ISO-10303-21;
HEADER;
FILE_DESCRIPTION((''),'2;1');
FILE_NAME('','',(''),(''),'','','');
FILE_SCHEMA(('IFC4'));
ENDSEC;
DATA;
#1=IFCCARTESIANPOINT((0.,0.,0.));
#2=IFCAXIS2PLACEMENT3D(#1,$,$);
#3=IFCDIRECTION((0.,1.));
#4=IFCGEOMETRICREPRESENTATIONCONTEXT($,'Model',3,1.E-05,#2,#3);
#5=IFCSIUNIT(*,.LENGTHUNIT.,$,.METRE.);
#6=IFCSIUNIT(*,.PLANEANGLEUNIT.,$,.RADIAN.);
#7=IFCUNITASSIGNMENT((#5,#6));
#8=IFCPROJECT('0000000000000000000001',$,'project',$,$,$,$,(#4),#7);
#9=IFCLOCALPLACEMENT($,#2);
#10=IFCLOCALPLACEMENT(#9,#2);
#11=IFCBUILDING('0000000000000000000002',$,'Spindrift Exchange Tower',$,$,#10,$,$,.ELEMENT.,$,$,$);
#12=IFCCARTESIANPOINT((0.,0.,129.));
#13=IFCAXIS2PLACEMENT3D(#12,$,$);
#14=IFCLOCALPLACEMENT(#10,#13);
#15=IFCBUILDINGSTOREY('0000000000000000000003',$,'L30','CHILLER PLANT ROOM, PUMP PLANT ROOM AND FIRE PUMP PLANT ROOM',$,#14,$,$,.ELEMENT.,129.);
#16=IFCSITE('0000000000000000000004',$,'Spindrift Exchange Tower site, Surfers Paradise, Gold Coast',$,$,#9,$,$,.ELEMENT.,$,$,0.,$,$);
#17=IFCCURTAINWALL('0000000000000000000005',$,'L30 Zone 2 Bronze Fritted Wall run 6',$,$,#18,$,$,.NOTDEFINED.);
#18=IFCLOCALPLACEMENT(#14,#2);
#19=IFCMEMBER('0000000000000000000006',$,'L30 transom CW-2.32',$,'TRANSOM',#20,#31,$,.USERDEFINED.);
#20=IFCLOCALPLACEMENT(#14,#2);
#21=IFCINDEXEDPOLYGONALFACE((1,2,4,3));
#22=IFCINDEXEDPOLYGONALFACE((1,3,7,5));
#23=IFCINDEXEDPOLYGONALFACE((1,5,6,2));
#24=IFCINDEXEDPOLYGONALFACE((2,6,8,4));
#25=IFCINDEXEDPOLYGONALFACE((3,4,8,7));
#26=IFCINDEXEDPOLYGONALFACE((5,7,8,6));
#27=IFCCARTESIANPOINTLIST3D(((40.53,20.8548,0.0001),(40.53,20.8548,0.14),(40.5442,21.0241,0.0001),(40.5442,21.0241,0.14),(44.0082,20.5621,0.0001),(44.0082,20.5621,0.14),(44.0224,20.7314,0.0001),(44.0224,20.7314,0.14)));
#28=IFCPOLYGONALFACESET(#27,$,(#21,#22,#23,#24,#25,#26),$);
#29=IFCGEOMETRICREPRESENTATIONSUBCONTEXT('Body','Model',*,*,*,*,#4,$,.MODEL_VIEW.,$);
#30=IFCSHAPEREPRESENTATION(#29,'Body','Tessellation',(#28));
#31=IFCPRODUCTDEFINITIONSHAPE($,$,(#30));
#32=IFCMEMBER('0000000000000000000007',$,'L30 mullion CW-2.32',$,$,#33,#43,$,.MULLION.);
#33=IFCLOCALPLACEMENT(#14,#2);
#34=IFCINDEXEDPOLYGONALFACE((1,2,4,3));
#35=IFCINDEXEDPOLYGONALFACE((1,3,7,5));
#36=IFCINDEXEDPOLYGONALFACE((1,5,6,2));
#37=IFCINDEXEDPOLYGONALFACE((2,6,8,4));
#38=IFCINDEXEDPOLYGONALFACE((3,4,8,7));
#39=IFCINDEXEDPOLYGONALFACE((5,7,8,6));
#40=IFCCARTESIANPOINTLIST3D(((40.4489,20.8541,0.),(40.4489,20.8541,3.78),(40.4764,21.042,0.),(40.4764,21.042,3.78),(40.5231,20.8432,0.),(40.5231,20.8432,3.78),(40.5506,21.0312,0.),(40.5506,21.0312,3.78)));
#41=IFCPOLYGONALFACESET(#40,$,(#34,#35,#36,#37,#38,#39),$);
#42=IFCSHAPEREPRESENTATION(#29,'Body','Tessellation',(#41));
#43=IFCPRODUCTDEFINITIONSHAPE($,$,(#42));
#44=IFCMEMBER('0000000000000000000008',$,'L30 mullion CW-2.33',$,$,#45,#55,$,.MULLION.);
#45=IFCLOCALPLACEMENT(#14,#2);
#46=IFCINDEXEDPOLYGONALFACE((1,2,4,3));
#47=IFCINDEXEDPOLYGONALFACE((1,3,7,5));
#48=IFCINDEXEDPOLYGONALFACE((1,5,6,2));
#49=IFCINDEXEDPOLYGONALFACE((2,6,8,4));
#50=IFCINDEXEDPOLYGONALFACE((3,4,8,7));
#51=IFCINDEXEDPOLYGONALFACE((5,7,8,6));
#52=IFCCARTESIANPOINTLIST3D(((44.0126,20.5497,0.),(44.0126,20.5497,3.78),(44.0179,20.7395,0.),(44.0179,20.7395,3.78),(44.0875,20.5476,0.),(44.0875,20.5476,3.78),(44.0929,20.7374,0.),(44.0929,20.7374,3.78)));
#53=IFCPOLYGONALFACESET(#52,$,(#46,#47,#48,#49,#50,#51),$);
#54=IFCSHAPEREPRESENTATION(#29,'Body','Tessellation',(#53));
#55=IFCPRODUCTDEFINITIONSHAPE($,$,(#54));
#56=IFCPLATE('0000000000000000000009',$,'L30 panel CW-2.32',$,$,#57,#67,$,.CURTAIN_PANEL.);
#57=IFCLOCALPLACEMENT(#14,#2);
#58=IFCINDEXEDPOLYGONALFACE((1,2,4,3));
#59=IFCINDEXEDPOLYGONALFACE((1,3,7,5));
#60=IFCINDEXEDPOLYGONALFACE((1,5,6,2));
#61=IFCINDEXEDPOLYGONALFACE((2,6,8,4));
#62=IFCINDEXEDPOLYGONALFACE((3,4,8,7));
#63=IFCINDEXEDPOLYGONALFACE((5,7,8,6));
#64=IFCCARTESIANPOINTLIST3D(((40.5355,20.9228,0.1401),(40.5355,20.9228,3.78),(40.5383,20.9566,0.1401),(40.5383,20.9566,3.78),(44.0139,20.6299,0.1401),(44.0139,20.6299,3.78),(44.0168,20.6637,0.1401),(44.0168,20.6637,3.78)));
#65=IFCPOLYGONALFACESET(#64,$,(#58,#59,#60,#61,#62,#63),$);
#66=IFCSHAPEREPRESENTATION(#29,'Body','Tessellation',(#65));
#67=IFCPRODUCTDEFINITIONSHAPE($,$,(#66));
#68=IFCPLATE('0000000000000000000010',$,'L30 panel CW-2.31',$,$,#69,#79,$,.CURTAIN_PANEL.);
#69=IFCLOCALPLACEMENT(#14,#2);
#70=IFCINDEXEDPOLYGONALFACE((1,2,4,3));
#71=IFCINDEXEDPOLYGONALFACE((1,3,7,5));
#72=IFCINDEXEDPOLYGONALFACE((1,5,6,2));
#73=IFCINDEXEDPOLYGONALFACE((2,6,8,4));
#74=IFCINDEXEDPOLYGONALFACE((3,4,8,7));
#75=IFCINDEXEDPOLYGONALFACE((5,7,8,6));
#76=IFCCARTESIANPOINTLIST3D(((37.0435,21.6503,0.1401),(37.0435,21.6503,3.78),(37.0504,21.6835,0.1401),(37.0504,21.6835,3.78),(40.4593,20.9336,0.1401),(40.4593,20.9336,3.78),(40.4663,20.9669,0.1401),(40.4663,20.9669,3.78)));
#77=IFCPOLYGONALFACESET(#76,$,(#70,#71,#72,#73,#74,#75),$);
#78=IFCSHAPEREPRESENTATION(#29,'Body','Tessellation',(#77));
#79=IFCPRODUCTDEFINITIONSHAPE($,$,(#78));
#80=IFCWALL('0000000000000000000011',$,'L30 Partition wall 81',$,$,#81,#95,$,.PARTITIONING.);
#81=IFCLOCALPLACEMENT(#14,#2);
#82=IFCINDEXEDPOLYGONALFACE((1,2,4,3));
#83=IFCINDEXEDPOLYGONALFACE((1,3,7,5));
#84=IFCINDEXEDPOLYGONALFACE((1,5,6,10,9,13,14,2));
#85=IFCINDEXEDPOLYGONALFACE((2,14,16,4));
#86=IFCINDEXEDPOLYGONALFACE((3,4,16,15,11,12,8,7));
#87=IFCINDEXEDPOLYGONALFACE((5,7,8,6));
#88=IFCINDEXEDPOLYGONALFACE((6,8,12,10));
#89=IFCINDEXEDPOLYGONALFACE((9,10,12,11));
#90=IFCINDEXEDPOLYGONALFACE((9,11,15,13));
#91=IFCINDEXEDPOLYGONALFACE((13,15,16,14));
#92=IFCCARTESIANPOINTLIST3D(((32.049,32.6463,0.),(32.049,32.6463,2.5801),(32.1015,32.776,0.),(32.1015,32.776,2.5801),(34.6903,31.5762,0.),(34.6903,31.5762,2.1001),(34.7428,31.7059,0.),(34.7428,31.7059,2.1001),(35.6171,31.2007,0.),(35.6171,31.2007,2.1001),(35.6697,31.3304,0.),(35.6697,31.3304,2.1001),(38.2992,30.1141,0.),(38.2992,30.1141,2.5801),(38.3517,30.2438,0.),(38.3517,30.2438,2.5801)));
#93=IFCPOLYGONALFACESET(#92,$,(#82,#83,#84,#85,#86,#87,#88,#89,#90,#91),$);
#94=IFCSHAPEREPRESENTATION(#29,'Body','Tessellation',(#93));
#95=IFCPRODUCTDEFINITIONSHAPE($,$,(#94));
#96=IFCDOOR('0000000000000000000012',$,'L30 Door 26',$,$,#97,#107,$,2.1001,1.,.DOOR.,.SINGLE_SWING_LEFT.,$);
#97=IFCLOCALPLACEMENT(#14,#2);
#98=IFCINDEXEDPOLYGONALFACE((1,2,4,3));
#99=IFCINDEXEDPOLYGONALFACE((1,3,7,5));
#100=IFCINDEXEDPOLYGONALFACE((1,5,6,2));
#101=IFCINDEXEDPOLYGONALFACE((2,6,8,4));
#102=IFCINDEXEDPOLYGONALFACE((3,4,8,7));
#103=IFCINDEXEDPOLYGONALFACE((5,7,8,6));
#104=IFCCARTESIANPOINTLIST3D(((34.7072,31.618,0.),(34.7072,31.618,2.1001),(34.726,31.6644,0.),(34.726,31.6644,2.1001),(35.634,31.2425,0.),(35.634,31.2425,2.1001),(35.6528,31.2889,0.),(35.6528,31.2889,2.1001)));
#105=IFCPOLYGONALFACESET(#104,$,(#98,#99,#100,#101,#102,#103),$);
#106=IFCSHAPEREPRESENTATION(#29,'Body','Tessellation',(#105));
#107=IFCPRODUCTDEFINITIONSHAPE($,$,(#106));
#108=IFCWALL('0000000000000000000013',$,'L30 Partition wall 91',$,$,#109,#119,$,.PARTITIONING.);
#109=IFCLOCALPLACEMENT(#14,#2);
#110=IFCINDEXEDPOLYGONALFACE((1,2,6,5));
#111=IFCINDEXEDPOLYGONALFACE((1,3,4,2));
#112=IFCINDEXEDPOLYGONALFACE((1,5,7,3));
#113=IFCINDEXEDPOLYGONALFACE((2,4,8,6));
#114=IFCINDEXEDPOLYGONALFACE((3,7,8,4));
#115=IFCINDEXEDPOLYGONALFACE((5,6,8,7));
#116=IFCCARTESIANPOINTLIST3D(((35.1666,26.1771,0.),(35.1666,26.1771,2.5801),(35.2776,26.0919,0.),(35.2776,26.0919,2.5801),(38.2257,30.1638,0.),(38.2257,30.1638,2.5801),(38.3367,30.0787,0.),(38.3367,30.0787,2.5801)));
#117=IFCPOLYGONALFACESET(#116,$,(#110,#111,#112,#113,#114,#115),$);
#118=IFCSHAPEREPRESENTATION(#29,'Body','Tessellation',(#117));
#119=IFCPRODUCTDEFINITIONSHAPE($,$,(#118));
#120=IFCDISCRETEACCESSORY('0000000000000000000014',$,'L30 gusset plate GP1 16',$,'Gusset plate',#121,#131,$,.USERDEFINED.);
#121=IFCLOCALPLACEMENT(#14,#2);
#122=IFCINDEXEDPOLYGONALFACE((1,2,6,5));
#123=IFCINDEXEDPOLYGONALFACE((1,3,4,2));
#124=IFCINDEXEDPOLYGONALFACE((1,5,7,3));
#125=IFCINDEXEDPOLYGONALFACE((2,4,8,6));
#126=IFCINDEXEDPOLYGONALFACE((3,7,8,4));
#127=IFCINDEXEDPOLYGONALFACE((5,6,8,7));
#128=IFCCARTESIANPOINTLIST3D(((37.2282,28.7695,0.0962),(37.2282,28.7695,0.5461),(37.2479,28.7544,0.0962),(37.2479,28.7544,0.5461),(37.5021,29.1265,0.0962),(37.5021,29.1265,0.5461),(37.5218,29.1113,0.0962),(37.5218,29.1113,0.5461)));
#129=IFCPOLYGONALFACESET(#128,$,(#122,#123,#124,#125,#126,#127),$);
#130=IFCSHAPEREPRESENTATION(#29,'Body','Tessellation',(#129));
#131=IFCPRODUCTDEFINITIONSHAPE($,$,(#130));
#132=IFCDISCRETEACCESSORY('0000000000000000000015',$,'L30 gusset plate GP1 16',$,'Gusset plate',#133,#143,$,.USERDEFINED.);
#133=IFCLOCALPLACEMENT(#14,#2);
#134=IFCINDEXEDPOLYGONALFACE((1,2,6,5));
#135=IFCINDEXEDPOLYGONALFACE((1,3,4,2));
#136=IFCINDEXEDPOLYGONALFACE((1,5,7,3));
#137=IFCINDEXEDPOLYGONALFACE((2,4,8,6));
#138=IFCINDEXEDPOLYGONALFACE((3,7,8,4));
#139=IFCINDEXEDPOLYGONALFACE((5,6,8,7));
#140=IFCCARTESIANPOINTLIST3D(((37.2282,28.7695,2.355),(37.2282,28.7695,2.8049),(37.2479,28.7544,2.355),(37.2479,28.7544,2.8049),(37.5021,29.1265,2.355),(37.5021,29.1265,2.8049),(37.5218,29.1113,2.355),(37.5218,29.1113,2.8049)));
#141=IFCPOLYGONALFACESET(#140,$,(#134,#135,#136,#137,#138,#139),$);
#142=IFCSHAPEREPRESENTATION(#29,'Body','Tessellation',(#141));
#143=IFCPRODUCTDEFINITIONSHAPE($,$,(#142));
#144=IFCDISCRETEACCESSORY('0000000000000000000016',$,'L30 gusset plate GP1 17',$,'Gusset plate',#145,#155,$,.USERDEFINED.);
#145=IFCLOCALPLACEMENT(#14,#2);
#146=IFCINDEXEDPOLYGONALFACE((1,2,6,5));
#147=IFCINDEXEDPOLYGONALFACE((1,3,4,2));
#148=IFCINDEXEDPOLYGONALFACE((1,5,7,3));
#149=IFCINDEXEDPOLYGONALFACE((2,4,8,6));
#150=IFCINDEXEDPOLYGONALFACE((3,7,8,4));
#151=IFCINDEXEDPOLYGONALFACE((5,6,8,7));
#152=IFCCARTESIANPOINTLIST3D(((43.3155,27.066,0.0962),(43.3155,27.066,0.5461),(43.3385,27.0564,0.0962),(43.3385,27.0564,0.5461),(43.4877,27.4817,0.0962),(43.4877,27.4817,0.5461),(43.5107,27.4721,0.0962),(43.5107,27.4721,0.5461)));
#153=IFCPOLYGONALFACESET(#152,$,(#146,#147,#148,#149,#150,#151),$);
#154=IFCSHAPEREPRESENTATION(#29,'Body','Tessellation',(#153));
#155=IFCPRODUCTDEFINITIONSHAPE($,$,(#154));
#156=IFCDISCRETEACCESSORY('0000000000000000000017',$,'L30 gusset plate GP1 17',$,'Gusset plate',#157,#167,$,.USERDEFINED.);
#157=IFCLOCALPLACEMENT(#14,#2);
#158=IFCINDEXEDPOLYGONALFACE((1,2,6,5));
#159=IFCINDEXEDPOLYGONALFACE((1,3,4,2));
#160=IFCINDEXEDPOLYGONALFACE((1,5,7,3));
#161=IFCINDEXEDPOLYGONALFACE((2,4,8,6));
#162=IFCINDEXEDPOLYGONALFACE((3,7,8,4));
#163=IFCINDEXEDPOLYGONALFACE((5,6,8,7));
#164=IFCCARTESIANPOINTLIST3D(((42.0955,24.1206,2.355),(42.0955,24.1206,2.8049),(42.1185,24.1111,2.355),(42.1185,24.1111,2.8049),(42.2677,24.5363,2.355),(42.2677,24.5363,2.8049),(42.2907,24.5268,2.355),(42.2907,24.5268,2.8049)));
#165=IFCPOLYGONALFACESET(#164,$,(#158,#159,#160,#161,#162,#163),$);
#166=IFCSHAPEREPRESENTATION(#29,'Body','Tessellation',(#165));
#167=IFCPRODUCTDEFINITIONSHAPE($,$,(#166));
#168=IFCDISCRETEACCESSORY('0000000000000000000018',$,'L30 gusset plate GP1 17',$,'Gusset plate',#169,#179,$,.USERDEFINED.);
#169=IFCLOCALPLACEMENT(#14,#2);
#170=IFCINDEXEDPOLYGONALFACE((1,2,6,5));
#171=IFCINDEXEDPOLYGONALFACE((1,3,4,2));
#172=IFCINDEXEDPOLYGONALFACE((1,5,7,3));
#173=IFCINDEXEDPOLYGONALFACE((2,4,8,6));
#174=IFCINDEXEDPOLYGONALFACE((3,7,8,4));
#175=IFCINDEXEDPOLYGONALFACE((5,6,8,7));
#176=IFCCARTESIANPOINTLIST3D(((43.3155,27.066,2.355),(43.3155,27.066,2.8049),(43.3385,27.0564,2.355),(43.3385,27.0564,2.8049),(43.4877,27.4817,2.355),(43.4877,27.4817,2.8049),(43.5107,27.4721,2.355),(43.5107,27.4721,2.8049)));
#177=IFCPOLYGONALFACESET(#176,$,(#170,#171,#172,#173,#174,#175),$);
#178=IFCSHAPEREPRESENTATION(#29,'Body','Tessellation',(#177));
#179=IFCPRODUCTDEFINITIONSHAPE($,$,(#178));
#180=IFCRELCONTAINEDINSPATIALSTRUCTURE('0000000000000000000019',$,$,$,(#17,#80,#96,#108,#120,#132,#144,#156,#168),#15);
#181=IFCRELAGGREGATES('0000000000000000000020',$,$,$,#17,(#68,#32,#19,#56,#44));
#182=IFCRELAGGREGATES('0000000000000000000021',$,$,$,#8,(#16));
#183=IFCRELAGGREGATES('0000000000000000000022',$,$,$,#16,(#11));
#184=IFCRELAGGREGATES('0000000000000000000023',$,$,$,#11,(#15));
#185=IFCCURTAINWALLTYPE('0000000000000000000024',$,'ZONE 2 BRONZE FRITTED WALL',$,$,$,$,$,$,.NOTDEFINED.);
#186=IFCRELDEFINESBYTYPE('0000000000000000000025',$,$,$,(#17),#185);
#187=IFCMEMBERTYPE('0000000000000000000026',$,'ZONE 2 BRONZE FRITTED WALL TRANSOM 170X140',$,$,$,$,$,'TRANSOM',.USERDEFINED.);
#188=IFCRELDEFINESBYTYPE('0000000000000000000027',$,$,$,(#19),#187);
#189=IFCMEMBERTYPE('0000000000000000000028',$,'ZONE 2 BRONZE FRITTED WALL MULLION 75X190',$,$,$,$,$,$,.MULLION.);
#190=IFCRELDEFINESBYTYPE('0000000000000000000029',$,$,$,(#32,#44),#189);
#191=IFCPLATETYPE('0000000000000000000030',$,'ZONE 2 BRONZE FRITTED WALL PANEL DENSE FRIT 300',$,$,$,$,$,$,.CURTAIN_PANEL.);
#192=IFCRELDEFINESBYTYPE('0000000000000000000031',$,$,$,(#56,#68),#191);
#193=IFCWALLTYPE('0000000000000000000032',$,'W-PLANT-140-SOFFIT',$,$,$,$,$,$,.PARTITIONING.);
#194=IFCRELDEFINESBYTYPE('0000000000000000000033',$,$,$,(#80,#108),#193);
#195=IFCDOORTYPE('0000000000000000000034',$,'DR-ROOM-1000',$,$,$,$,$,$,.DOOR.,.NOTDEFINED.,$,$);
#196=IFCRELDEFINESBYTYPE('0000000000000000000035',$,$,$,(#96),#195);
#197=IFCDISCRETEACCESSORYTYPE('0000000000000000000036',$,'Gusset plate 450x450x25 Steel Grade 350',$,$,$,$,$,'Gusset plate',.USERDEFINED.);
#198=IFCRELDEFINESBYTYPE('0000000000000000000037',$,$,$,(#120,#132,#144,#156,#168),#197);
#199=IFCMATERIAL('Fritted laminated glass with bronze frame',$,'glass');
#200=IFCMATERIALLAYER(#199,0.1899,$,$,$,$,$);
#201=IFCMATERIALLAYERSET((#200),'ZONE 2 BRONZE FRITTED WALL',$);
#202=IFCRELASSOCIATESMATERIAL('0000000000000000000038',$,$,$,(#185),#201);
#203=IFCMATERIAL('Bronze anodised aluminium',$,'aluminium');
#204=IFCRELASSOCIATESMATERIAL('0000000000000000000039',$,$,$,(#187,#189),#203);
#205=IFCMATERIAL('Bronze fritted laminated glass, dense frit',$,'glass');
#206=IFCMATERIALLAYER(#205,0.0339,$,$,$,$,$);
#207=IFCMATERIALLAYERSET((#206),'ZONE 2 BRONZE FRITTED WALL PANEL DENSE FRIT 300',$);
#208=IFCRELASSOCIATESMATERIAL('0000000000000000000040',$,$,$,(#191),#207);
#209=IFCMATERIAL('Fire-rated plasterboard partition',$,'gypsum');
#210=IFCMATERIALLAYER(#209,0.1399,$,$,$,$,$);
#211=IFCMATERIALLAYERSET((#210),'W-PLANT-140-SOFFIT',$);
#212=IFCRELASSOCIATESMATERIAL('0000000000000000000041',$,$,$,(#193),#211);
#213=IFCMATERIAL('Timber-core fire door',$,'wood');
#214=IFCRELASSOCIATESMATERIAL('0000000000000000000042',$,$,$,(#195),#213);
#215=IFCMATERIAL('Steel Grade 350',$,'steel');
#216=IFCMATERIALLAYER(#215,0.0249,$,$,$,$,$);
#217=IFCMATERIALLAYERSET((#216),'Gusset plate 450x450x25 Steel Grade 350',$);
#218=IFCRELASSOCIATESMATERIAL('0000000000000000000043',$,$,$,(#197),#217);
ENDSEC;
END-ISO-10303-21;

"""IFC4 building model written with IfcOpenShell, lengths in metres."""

from ifc_helpers import new_model, si_unit, direction, frame, frame_2d, origin, origin_2d, place, context, subcontext, project, spatial, rectangle, extrude, source, transform, mapped, material, layer, layer_set, material_profile, profile_set, type_object, element, fill, aggregate, save


model = new_model("IFC4")

# Units and contexts
model_context = context("Model", 3, precision=1e-05, world=origin(), true_north=direction((0.0, 1.0)))
body_context = subcontext(model_context, "Body", "Model", "MODEL_VIEW")
ifc_project = project(units=[si_unit("LENGTHUNIT", "METRE"), si_unit("PLANEANGLEUNIT", "RADIAN")], contexts=[model_context])

# Site, building, storey
site_placement = place(None, origin())
site = spatial("IfcSite", under=ifc_project, at=site_placement, Name="Spindrift Exchange Tower site, Surfers Paradise, Gold Coast", CompositionType="ELEMENT", RefElevation=0.0)
building_placement = place(site_placement, origin())
building = spatial("IfcBuilding", under=site, at=building_placement, Name="Spindrift Exchange Tower", CompositionType="ELEMENT")
storey_placement = place(building_placement, frame((0.0, 0.0, 129.0)))
storey = spatial("IfcBuildingStorey", under=building, at=storey_placement, Name="L30", Description="CHILLER PLANT ROOM, PUMP PLANT ROOM AND FIRE PUMP PLANT ROOM", CompositionType="ELEMENT", Elevation=129.0)

# Shared definitions
ifc_material_1 = material(Name="Steel Grade 350", Category="steel")

# Curtain wall, members, plates
ifc_material_2 = material(Name="Fritted laminated glass with bronze frame", Category="glass")
ifc_layer_1 = layer(ifc_material_2, 0.1899)
ifc_layer_set_1 = layer_set([ifc_layer_1], Name="ZONE 2 BRONZE FRITTED WALL")
curtain_wall_type = type_object("IfcCurtainWallType", Name="ZONE 2 BRONZE FRITTED WALL", PredefinedType="NOTDEFINED", material=ifc_layer_set_1)
curtain_wall_placement = place(storey_placement, origin())
curtain_wall = element("IfcCurtainWall", 1, at=curtain_wall_placement, inside=storey, type_object=curtain_wall_type, Name="L30 Zone 2 Bronze Fritted Wall run 6", PredefinedType="NOTDEFINED")
ifc_material_3 = material(Name="Bronze anodised aluminium", Category="aluminium")
ifc_material_profile_1 = material_profile(ifc_material_3, rectangle(XDim=0.1699, YDim=0.1399, at=origin_2d()), Name="ZONE 2 BRONZE FRITTED WALL TRANSOM 170X140")
ifc_profile_set_1 = profile_set([ifc_material_profile_1], Name="Bronze anodised aluminium")
member_type_1 = type_object("IfcMemberType", Name="ZONE 2 BRONZE FRITTED WALL TRANSOM 170X140", ElementType="TRANSOM", PredefinedType="USERDEFINED", material=ifc_profile_set_1)
shared_shape_1 = source(origin(), body_context, "Body", "SweptSolid", [
    extrude(rectangle(XDim=0.1699, YDim=0.1399, at=origin_2d()), origin(), (0.0, 0.0, 1.0), 3.4905),
])
member_1_placement = place(storey_placement, frame((40.5371, 20.9395, 0.0701), z_axis=(0.996477, -0.083862, 0.0), x_axis=(0.083862, 0.996477, 0.0)))
member_1 = element("IfcMember", 2, at=member_1_placement, type_object=member_type_1, Name="L30 transom CW-2.32", ObjectType="TRANSOM", PredefinedType="USERDEFINED", context=body_context, shape_type="MappedRepresentation", body=[
    mapped(shared_shape_1, transform((0.0, 0.0, 0.0), scale=1.0)),
])
ifc_material_profile_2 = material_profile(ifc_material_3, rectangle(XDim=0.075, YDim=0.1899, at=origin_2d()), Name="ZONE 2 BRONZE FRITTED WALL MULLION 75X190")
ifc_profile_set_2 = profile_set([ifc_material_profile_2], Name="Bronze anodised aluminium")
member_type_2 = type_object("IfcMemberType", Name="ZONE 2 BRONZE FRITTED WALL MULLION 75X190", PredefinedType="MULLION", material=ifc_profile_set_2)
shared_shape_2 = source(origin(), body_context, "Body", "SweptSolid", [
    extrude(rectangle(XDim=0.075, YDim=0.1899, at=origin_2d()), origin(), (0.0, 0.0, 1.0), 3.78),
])
member_2_placement = place(storey_placement, frame((40.4998, 20.9426, 0.0), z_axis=(0.0, 0.0, 1.0), x_axis=(0.989446, -0.1449, 0.0)))
member_2 = element("IfcMember", 3, at=member_2_placement, type_object=member_type_2, Name="L30 mullion CW-2.32", PredefinedType="MULLION", context=body_context, shape_type="MappedRepresentation", body=[
    mapped(shared_shape_2, transform((0.0, 0.0, 0.0), scale=1.0)),
])
member_3_placement = place(storey_placement, frame((44.0527, 20.6436, 0.0), z_axis=(0.0, 0.0, 1.0), x_axis=(0.999607, -0.028035, 0.0)))
member_3 = element("IfcMember", 4, at=member_3_placement, type_object=member_type_2, Name="L30 mullion CW-2.33", PredefinedType="MULLION", context=body_context, shape_type="MappedRepresentation", body=[
    mapped(shared_shape_2, transform((0.0, 0.0, 0.0), scale=1.0)),
])
ifc_material_4 = material(Name="Bronze fritted laminated glass, dense frit", Category="glass")
ifc_layer_2 = layer(ifc_material_4, 0.0339)
ifc_layer_set_2 = layer_set([ifc_layer_2], Name="ZONE 2 BRONZE FRITTED WALL PANEL DENSE FRIT 300")
plate_type = type_object("IfcPlateType", Name="ZONE 2 BRONZE FRITTED WALL PANEL DENSE FRIT 300", PredefinedType="CURTAIN_PANEL", material=ifc_layer_set_2)
shared_shape_3 = source(origin(), body_context, "Body", "SweptSolid", [
    extrude(rectangle(XDim=3.4907, YDim=0.0339, at=origin_2d()), origin(), (0.0, 0.0, 1.0), 3.6399),
])
plate_1_placement = place(storey_placement, frame((42.2761, 20.7932, 0.1401), z_axis=(0.0, 0.0, 1.0), x_axis=(0.996473, -0.083911, 0.0)))
plate_1 = element("IfcPlate", 5, at=plate_1_placement, type_object=plate_type, Name="L30 panel CW-2.32", PredefinedType="CURTAIN_PANEL", context=body_context, shape_type="MappedRepresentation", body=[
    mapped(shared_shape_3, transform((0.0, 0.0, 0.0), scale=1.0)),
])
shared_shape_4 = source(origin(), body_context, "Body", "SweptSolid", [
    extrude(rectangle(XDim=3.4902, YDim=0.0339, at=origin_2d()), origin(), (0.0, 0.0, 1.0), 3.6399),
])
plate_2_placement = place(storey_placement, frame((38.7549, 21.3086, 0.1401), z_axis=(0.0, 0.0, 1.0), x_axis=(0.97869, -0.205342, 0.0)))
plate_2 = element("IfcPlate", 6, at=plate_2_placement, type_object=plate_type, Name="L30 panel CW-2.31", PredefinedType="CURTAIN_PANEL", context=body_context, shape_type="MappedRepresentation", body=[
    mapped(shared_shape_4, transform((0.0, 0.0, 0.0), scale=1.0)),
])
aggregate(curtain_wall, [plate_2, member_2, member_1, plate_1, member_3])

# Wall, opening, door
ifc_material_5 = material(Name="Fire-rated plasterboard partition", Category="gypsum")
ifc_layer_3 = layer(ifc_material_5, 0.1399)
ifc_layer_set_3 = layer_set([ifc_layer_3], Name="W-PLANT-140-SOFFIT")
wall_type = type_object("IfcWallType", Name="W-PLANT-140-SOFFIT", PredefinedType="PARTITIONING", material=ifc_layer_set_3)
wall_1_placement = place(storey_placement, frame((38.3254, 30.179, 0.0), z_axis=(0.0, 0.0, 1.0), x_axis=(-0.926825, 0.375494, 0.0)))
wall_1 = element("IfcWall", 7, at=wall_1_placement, inside=storey, type_object=wall_type, Name="L30 Partition wall 81", PredefinedType="PARTITIONING", context=body_context, shape_type="SweptSolid", body=[
    extrude(rectangle(XDim=6.7437, YDim=0.1399, at=frame_2d((3.3718, 0.0))), origin(), (0.0, 0.0, 1.0), 2.5801),
])
opening_placement = place(wall_1_placement, frame((2.8938, 0.0, 0.0)))
opening = element("IfcOpeningElement", 8, at=opening_placement, cuts=wall_1, PredefinedType="OPENING", context=body_context, shape_type="SweptSolid", body=[
    extrude(rectangle(XDim=1.0, YDim=2.1001, at=frame_2d((0.5, 1.05))), frame((0.0, 0.0798, 0.0), z_axis=(0.0, -1.0, 0.0), x_axis=(1.0, 0.0, 0.0)), (0.0, 0.0, 1.0), 0.1599),
])
ifc_material_6 = material(Name="Timber-core fire door", Category="wood")
door_type = type_object("IfcDoorType", Name="DR-ROOM-1000", OperationType="NOTDEFINED", PredefinedType="DOOR", material=ifc_material_6)
shared_shape_5 = source(origin(), body_context, "Body", "SweptSolid", [
    extrude(rectangle(XDim=1.0, YDim=2.1001, at=frame_2d((0.5, 1.05))), frame((0.0, 0.0249, 0.0), z_axis=(0.0, -1.0, 0.0), x_axis=(1.0, 0.0, 0.0)), (0.0, 0.0, 1.0), 0.05),
])
door_placement = place(opening_placement, origin())
door = element("IfcDoor", 9, at=door_placement, inside=storey, type_object=door_type, Name="L30 Door 26", OperationType="SINGLE_SWING_LEFT", OverallHeight=2.1001, OverallWidth=1.0, PredefinedType="DOOR", context=body_context, shape_type="MappedRepresentation", body=[
    mapped(shared_shape_5, transform((0.0, 0.0, 0.0), scale=1.0)),
])
fill(opening, door)

# Wall
wall_2_placement = place(storey_placement, frame((38.2812, 30.1213, 0.0), z_axis=(0.0, 0.0, 1.0), x_axis=(-0.608748, -0.793364, 0.0)))
element("IfcWall", 10, at=wall_2_placement, inside=storey, type_object=wall_type, Name="L30 Partition wall 91", PredefinedType="PARTITIONING", context=body_context, shape_type="SweptSolid", body=[
    extrude(rectangle(XDim=5.0251, YDim=0.1399, at=frame_2d((2.5127, 0.0))), origin(), (0.0, 0.0, 1.0), 2.5801),
])

# Discrete accessories
ifc_layer_4 = layer(ifc_material_1, 0.0249)
ifc_layer_set_4 = layer_set([ifc_layer_4], Name="Gusset plate 450x450x25 Steel Grade 350")
discrete_accessory_type_1 = type_object("IfcDiscreteAccessoryType", Name="Gusset plate 450x450x25 Steel Grade 350", ElementType="Gusset plate", PredefinedType="USERDEFINED", material=ifc_layer_set_4)
shared_shape_6 = source(origin(), body_context, "Body", "SweptSolid", [
    extrude(rectangle(XDim=0.45, YDim=0.0249, at=origin_2d()), origin(), (0.0, 0.0, 1.0), 0.45),
])
for number, where, z_axis, x_axis, name in (
    (11, (37.375, 28.9404, 0.0962), (0.0, 0.0, 1.0), (-0.608766, -0.79335, 0.0), "L30 gusset plate GP1 16"),
    (12, (37.375, 28.9404, 2.355), (0.0, 0.0, 1.0), (-0.608761, -0.793353, 0.0), "L30 gusset plate GP1 16"),
    (13, (43.4131, 27.269, 0.0962), (0.0, 0.0, 1.0), (-0.382679, -0.923882, 0.0), "L30 gusset plate GP1 17"),
    (14, (42.1931, 24.3237, 2.355), (0.0, 0.0, 1.0), (-0.382677, -0.923882, 0.0), "L30 gusset plate GP1 17"),
    (15, (43.4131, 27.269, 2.355), (0.0, 0.0, 1.0), (-0.382683, -0.92388, 0.0), "L30 gusset plate GP1 17"),
):
    element("IfcDiscreteAccessory", number, at=place(storey_placement, frame(where, z_axis=z_axis, x_axis=x_axis)), inside=storey, type_object=discrete_accessory_type_1, Name=name, ObjectType="Gusset plate", PredefinedType="USERDEFINED", context=body_context, shape_type="MappedRepresentation", body=[
        mapped(shared_shape_6, transform((0.0, 0.0, 0.0), scale=1.0)),
    ])

save(model, "model.ifc")
